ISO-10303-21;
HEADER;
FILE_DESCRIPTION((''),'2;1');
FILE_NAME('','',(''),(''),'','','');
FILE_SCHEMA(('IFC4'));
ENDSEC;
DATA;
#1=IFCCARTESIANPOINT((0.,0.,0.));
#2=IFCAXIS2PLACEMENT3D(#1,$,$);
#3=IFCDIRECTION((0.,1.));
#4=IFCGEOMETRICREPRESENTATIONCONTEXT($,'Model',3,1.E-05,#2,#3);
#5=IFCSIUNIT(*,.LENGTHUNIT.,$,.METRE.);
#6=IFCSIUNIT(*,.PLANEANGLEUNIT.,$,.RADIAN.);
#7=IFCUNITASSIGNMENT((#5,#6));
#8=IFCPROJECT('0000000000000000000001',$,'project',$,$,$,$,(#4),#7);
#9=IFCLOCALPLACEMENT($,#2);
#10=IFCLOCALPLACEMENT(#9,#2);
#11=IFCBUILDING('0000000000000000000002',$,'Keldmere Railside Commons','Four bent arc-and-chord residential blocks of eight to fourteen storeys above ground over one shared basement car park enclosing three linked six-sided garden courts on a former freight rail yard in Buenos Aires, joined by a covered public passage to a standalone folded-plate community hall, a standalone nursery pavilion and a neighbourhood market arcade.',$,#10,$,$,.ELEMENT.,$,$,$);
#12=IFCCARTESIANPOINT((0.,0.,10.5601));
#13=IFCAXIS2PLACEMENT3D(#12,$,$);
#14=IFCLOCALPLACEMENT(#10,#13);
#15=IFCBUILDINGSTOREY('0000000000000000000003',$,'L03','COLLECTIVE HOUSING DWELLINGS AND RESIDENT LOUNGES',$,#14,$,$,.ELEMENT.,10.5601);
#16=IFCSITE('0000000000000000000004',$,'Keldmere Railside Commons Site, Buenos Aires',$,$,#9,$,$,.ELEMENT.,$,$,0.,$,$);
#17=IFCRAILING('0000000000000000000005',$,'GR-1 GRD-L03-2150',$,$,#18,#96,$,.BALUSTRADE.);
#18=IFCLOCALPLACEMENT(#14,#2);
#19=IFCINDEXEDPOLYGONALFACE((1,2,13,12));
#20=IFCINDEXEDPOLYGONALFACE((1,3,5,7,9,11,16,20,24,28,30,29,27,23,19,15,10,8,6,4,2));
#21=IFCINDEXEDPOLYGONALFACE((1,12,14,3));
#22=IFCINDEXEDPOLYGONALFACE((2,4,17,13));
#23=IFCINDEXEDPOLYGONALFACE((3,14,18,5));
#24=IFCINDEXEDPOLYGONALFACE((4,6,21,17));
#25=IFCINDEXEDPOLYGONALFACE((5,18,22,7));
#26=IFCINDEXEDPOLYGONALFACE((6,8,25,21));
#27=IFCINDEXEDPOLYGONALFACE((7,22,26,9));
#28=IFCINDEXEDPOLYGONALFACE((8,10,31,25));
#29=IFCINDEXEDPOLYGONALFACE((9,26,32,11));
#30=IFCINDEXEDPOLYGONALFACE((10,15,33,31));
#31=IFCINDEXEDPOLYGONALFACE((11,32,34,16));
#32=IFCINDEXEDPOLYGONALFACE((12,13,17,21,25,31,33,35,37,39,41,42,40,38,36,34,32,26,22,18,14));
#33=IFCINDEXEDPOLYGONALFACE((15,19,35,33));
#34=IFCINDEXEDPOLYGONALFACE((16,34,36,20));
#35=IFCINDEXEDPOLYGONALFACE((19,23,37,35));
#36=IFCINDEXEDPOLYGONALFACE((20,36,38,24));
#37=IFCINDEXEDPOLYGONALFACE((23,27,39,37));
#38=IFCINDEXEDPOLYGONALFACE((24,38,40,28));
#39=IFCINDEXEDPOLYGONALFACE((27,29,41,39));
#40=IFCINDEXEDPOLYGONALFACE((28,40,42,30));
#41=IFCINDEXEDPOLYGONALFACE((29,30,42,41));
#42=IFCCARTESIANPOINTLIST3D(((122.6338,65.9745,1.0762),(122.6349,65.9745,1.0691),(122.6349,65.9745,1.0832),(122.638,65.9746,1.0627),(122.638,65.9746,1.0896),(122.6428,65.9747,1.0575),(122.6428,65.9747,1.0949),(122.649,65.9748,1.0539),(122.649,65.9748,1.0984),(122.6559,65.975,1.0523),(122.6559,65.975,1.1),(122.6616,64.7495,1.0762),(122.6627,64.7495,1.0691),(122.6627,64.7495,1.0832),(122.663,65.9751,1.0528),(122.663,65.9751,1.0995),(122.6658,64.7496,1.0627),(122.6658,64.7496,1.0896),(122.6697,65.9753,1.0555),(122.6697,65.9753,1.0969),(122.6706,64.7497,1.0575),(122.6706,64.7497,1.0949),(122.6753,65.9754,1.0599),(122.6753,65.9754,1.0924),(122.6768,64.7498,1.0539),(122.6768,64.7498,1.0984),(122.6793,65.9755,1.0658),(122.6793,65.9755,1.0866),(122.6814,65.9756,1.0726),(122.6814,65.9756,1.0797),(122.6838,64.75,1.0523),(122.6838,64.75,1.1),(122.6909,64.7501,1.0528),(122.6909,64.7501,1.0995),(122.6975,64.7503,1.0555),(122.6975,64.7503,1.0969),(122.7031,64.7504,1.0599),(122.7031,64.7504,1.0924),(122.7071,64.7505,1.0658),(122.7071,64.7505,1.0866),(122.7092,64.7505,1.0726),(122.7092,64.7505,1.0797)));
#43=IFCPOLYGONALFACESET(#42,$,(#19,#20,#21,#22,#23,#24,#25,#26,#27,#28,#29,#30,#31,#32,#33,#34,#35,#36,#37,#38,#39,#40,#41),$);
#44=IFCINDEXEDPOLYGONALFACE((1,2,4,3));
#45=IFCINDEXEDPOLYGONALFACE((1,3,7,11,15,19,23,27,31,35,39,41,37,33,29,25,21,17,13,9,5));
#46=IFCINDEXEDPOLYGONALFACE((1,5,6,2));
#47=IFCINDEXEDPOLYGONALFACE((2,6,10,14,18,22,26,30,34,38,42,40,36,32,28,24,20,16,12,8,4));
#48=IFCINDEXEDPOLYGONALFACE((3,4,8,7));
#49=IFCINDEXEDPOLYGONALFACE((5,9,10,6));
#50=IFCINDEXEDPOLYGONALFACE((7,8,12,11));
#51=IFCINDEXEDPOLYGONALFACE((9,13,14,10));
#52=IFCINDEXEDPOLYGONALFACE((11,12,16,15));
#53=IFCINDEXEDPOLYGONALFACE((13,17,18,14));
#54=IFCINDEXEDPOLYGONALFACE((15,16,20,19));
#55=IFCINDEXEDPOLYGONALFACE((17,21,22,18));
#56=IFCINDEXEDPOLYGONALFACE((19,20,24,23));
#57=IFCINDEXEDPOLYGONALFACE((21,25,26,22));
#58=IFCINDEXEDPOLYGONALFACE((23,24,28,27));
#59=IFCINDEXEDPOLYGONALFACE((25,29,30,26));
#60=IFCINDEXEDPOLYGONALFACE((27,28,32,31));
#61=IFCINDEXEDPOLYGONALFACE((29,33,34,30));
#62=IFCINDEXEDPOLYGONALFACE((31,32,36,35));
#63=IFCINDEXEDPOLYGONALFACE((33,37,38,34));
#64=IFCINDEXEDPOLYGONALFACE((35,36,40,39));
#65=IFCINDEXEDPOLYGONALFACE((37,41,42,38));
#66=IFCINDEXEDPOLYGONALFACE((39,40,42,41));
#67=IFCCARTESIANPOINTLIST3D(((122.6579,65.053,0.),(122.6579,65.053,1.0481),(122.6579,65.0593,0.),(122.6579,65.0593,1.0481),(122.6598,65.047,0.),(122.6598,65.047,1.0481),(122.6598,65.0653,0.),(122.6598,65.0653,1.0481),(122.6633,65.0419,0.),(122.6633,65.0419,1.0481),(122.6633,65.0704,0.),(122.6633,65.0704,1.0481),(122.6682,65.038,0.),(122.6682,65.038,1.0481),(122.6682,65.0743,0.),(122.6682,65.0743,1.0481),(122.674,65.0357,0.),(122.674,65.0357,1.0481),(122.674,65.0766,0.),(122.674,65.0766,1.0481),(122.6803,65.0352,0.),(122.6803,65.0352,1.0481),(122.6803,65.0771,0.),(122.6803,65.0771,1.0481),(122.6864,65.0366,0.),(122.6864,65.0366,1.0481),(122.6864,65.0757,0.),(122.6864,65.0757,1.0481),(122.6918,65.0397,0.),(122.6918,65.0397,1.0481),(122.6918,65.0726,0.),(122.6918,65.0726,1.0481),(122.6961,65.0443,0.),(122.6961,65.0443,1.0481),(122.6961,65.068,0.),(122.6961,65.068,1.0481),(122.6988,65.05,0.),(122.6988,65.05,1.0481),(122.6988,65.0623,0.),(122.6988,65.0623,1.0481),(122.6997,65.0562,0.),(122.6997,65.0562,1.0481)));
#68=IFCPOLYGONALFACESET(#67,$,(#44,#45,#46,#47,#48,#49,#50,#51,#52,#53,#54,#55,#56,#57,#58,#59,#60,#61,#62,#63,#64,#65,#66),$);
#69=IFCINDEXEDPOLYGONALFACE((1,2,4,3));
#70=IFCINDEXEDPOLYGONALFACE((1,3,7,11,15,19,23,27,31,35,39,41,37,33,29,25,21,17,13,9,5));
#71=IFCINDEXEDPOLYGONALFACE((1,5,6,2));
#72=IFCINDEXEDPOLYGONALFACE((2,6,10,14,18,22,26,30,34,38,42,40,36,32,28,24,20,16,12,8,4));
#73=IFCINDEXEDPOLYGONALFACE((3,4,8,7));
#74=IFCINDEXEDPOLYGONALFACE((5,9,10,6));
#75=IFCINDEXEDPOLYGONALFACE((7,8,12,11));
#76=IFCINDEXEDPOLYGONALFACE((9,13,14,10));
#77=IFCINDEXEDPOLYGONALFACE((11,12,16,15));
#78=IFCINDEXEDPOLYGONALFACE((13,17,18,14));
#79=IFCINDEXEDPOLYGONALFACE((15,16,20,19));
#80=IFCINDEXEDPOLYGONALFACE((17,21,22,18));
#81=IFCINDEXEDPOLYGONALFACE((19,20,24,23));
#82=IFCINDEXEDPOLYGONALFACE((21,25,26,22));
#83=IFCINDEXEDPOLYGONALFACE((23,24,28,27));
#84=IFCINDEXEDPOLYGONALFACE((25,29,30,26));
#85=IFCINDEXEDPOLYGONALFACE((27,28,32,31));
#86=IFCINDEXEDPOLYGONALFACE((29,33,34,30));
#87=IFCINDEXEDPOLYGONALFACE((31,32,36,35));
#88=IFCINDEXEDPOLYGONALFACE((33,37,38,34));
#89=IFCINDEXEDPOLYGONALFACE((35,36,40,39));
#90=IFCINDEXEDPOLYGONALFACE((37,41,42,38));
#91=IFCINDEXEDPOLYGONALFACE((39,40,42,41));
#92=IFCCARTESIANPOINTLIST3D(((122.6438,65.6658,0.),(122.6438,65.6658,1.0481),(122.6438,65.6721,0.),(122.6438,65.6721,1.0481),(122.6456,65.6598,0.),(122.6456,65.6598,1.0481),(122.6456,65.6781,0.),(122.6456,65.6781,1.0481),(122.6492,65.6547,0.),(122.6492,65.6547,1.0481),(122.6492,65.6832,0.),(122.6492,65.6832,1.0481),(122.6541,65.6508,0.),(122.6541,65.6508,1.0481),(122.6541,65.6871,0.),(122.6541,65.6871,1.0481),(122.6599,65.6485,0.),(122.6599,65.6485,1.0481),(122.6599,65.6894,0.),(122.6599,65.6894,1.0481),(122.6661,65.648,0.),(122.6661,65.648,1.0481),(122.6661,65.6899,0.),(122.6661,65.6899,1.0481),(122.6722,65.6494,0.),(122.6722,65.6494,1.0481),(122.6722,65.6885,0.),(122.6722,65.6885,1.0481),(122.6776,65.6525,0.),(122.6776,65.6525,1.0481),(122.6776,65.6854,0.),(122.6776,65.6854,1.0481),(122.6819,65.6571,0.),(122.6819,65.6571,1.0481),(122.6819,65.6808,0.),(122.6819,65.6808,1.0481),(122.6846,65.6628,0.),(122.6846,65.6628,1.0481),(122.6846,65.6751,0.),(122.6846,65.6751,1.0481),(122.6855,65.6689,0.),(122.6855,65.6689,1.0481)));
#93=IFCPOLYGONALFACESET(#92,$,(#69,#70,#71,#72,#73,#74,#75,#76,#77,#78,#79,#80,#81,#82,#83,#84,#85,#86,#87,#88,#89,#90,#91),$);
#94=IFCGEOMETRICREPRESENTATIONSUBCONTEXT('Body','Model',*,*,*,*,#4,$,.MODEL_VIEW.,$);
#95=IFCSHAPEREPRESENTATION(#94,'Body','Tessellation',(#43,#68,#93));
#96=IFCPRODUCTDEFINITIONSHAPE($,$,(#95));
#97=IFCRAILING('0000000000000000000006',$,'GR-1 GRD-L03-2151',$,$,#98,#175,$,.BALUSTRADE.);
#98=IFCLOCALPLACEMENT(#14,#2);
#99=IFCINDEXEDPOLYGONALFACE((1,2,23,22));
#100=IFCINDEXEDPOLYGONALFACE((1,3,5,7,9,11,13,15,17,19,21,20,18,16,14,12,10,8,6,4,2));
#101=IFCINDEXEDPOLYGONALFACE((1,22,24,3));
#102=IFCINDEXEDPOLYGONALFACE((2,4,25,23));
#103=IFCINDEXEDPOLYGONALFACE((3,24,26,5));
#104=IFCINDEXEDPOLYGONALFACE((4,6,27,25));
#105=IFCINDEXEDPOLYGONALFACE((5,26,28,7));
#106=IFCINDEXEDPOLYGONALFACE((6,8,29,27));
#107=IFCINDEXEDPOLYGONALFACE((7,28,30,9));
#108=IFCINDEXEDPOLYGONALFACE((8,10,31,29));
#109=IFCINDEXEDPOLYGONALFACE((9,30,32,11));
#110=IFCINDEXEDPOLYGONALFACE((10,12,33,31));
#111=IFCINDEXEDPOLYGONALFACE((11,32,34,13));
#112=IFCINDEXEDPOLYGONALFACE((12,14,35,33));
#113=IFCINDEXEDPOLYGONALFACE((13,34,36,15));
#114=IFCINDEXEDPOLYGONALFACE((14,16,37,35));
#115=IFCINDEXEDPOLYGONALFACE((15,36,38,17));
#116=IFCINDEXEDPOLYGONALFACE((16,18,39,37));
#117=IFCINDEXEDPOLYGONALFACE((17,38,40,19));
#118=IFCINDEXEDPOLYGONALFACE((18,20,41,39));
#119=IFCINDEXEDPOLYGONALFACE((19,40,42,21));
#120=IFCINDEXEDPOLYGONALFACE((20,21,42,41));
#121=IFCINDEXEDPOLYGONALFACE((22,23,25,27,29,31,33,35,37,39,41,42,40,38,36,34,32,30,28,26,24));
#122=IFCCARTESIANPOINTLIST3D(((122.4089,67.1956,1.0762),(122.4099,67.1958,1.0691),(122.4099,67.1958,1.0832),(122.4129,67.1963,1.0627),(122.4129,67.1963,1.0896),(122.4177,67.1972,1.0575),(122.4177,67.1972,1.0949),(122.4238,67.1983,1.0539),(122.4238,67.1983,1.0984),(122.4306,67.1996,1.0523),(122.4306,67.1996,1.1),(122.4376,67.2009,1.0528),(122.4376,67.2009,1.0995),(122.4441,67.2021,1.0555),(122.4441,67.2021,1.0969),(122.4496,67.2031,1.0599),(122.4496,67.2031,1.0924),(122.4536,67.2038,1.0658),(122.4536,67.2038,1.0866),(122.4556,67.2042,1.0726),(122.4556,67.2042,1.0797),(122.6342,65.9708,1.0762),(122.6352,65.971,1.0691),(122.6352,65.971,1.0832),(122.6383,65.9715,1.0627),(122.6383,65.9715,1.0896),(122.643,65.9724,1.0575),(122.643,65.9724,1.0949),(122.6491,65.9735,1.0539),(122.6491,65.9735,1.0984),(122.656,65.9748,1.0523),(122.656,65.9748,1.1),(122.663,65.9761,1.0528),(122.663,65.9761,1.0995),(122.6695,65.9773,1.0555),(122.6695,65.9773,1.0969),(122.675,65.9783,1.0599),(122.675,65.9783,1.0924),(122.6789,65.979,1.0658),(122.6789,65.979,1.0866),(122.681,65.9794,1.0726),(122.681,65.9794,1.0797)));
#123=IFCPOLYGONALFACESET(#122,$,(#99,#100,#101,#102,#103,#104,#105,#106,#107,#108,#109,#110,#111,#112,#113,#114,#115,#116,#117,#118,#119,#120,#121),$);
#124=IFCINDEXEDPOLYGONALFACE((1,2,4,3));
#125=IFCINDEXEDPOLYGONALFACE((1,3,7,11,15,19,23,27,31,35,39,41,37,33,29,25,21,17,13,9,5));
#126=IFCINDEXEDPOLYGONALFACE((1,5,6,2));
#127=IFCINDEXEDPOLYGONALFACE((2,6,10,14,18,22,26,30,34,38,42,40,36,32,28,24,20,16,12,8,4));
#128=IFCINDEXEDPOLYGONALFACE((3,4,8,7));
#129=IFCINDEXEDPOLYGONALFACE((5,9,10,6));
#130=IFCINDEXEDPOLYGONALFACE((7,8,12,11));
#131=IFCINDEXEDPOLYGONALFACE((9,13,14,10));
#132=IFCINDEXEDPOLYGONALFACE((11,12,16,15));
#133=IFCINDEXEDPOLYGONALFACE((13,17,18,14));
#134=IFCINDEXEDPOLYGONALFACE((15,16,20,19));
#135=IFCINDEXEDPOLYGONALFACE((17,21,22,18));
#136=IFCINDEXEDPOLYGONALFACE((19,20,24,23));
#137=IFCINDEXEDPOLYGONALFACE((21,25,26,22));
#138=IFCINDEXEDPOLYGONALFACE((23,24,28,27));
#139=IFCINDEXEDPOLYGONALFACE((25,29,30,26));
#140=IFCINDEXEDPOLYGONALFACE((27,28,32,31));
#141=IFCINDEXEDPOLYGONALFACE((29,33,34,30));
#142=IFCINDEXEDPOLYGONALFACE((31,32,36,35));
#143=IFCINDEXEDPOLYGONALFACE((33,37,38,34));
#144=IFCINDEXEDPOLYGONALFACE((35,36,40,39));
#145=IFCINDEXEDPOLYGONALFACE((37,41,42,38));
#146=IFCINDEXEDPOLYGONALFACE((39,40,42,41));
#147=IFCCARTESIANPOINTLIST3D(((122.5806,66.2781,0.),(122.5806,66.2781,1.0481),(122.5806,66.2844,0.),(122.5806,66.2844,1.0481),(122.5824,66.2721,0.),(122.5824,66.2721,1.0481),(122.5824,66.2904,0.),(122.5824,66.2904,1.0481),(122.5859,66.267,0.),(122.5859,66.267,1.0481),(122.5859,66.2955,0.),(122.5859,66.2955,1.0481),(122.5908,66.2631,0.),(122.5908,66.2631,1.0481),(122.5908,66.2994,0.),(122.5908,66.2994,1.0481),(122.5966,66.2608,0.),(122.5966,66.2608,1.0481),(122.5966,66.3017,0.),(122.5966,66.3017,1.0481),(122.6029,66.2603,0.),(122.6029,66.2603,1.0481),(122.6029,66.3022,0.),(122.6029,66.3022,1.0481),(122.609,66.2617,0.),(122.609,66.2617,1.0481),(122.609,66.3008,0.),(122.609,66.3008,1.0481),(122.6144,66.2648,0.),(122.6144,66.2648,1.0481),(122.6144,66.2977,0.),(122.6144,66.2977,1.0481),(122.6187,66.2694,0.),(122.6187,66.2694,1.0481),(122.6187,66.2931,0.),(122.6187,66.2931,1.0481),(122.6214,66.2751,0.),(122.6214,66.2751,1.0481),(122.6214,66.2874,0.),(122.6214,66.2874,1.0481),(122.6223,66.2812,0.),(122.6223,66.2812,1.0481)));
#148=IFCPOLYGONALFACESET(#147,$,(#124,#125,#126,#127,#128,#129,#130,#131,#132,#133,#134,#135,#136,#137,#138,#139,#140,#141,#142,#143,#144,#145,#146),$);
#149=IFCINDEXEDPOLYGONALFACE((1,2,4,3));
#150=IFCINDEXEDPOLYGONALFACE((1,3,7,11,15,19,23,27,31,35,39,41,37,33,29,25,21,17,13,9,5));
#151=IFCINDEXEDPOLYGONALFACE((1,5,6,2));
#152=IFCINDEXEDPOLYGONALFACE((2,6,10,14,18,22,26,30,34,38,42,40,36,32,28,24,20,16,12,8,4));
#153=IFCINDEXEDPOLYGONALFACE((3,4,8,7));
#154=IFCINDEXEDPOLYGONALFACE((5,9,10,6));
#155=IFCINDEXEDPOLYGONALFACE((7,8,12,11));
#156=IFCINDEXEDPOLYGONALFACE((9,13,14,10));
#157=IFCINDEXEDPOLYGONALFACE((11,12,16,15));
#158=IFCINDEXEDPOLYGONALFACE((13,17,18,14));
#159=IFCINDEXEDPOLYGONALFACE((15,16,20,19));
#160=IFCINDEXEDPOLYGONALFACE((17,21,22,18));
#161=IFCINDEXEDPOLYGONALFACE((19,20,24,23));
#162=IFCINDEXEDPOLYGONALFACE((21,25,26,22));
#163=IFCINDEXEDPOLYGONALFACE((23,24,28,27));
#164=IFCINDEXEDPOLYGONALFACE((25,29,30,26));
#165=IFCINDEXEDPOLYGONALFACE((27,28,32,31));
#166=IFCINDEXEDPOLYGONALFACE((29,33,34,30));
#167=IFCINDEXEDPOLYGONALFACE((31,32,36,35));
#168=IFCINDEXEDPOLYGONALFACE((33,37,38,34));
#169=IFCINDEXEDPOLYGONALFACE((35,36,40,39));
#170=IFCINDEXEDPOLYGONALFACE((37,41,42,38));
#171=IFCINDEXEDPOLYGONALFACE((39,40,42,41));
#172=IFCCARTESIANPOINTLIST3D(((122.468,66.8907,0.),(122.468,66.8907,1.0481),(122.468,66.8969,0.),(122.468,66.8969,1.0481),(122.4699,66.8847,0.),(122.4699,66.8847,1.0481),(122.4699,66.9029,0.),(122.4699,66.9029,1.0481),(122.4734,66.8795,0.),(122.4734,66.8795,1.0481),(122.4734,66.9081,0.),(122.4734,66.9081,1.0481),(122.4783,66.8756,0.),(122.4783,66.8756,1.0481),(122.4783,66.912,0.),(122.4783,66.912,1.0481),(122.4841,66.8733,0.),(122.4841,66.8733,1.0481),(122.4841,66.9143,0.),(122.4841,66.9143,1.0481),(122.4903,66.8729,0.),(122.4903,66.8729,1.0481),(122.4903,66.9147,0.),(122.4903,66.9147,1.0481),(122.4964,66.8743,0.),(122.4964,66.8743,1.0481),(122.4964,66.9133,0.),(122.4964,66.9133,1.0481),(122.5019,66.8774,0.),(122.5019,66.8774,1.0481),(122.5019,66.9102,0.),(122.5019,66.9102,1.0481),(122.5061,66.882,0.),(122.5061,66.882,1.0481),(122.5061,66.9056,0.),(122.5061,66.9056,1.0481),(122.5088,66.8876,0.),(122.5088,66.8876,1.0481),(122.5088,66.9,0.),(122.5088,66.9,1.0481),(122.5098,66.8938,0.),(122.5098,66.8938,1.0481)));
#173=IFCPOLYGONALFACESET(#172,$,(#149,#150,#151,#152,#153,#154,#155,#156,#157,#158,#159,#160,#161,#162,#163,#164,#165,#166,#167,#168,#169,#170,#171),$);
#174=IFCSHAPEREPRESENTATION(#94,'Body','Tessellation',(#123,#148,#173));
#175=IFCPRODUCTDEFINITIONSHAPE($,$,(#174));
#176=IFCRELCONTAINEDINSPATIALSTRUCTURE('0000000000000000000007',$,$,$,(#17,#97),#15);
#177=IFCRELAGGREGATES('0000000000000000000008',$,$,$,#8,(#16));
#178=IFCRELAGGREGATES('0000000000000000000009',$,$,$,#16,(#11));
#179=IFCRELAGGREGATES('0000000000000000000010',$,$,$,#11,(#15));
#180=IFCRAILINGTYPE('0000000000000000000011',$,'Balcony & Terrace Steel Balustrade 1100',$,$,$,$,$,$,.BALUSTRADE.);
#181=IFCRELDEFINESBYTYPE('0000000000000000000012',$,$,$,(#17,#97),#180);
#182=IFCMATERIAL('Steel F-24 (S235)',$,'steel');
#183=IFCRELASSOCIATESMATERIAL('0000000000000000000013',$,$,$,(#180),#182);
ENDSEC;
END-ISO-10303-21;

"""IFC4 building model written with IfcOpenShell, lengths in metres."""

from ifc_helpers import new_model, si_unit, direction, frame, origin, origin_2d, place, context, subcontext, project, spatial, circle, extrude, material, type_object, element, save


model = new_model("IFC4")

# Units and contexts
model_context = context("Model", 3, precision=1e-05, world=origin(), true_north=direction((0.0, 1.0)))
body_context = subcontext(model_context, "Body", "Model", "MODEL_VIEW")
ifc_project = project(units=[si_unit("LENGTHUNIT", "METRE"), si_unit("PLANEANGLEUNIT", "RADIAN")], contexts=[model_context])

# Site, building, storey
site_placement = place(None, origin())
site = spatial("IfcSite", under=ifc_project, at=site_placement, Name="Keldmere Railside Commons Site, Buenos Aires", CompositionType="ELEMENT", RefElevation=0.0)
building_placement = place(site_placement, origin())
building = spatial("IfcBuilding", under=site, at=building_placement, Name="Keldmere Railside Commons", Description="Four bent arc-and-chord residential blocks of eight to fourteen storeys above ground over one shared basement car park enclosing three linked six-sided garden courts on a former freight rail yard in Buenos Aires, joined by a covered public passage to a standalone folded-plate community hall, a standalone nursery pavilion and a neighbourhood market arcade.", CompositionType="ELEMENT")
storey_placement = place(building_placement, frame((0.0, 0.0, 10.5601)))
storey = spatial("IfcBuildingStorey", under=building, at=storey_placement, Name="L03", Description="COLLECTIVE HOUSING DWELLINGS AND RESIDENT LOUNGES", CompositionType="ELEMENT", Elevation=10.5601)

# Railings
ifc_material_1 = material(Name="Steel F-24 (S235)", Category="steel")
railing_type = type_object("IfcRailingType", Name="Balcony & Terrace Steel Balustrade 1100", PredefinedType="BALUSTRADE", material=ifc_material_1)
railing_1_placement = place(storey_placement, frame((122.6855, 64.75, 0.0)))
element("IfcRailing", 1, at=railing_1_placement, inside=storey, type_object=railing_type, Name="GR-1 GRD-L03-2150", PredefinedType="BALUSTRADE", context=body_context, shape_type="SweptSolid", body=[
    extrude(circle(Radius=0.0239, at=origin_2d()), frame((0.0, 0.0, 1.0762), z_axis=(-0.022712, 0.999742, 0.0), x_axis=(-0.999742, -0.022712, 0.0)), (0.0, 0.0, 1.0), 1.2253),
    extrude(circle(Radius=0.021, at=origin_2d()), frame((-0.0068, 0.3062, 0.0)), (0.0, 0.0, 1.0), 1.0481),
    extrude(circle(Radius=0.021, at=origin_2d()), frame((-0.021, 0.9189, 0.0)), (0.0, 0.0, 1.0), 1.0481),
])
railing_2_placement = place(storey_placement, frame((122.6577, 65.9751, 0.0)))
element("IfcRailing", 2, at=railing_2_placement, inside=storey, type_object=railing_type, Name="GR-1 GRD-L03-2151", PredefinedType="BALUSTRADE", context=body_context, shape_type="SweptSolid", body=[
    extrude(circle(Radius=0.0239, at=origin_2d()), frame((0.0, 0.0, 1.0762), z_axis=(-0.180938, 0.983495, 0.0), x_axis=(-0.983495, -0.180938, 0.0)), (0.0, 0.0, 1.0), 1.2454),
    extrude(circle(Radius=0.021, at=origin_2d()), frame((-0.0564, 0.3062, 0.0)), (0.0, 0.0, 1.0), 1.0481),
    extrude(circle(Radius=0.021, at=origin_2d()), frame((-0.1689, 0.9187, 0.0)), (0.0, 0.0, 1.0), 1.0481),
])

save(model, "model.ifc")
